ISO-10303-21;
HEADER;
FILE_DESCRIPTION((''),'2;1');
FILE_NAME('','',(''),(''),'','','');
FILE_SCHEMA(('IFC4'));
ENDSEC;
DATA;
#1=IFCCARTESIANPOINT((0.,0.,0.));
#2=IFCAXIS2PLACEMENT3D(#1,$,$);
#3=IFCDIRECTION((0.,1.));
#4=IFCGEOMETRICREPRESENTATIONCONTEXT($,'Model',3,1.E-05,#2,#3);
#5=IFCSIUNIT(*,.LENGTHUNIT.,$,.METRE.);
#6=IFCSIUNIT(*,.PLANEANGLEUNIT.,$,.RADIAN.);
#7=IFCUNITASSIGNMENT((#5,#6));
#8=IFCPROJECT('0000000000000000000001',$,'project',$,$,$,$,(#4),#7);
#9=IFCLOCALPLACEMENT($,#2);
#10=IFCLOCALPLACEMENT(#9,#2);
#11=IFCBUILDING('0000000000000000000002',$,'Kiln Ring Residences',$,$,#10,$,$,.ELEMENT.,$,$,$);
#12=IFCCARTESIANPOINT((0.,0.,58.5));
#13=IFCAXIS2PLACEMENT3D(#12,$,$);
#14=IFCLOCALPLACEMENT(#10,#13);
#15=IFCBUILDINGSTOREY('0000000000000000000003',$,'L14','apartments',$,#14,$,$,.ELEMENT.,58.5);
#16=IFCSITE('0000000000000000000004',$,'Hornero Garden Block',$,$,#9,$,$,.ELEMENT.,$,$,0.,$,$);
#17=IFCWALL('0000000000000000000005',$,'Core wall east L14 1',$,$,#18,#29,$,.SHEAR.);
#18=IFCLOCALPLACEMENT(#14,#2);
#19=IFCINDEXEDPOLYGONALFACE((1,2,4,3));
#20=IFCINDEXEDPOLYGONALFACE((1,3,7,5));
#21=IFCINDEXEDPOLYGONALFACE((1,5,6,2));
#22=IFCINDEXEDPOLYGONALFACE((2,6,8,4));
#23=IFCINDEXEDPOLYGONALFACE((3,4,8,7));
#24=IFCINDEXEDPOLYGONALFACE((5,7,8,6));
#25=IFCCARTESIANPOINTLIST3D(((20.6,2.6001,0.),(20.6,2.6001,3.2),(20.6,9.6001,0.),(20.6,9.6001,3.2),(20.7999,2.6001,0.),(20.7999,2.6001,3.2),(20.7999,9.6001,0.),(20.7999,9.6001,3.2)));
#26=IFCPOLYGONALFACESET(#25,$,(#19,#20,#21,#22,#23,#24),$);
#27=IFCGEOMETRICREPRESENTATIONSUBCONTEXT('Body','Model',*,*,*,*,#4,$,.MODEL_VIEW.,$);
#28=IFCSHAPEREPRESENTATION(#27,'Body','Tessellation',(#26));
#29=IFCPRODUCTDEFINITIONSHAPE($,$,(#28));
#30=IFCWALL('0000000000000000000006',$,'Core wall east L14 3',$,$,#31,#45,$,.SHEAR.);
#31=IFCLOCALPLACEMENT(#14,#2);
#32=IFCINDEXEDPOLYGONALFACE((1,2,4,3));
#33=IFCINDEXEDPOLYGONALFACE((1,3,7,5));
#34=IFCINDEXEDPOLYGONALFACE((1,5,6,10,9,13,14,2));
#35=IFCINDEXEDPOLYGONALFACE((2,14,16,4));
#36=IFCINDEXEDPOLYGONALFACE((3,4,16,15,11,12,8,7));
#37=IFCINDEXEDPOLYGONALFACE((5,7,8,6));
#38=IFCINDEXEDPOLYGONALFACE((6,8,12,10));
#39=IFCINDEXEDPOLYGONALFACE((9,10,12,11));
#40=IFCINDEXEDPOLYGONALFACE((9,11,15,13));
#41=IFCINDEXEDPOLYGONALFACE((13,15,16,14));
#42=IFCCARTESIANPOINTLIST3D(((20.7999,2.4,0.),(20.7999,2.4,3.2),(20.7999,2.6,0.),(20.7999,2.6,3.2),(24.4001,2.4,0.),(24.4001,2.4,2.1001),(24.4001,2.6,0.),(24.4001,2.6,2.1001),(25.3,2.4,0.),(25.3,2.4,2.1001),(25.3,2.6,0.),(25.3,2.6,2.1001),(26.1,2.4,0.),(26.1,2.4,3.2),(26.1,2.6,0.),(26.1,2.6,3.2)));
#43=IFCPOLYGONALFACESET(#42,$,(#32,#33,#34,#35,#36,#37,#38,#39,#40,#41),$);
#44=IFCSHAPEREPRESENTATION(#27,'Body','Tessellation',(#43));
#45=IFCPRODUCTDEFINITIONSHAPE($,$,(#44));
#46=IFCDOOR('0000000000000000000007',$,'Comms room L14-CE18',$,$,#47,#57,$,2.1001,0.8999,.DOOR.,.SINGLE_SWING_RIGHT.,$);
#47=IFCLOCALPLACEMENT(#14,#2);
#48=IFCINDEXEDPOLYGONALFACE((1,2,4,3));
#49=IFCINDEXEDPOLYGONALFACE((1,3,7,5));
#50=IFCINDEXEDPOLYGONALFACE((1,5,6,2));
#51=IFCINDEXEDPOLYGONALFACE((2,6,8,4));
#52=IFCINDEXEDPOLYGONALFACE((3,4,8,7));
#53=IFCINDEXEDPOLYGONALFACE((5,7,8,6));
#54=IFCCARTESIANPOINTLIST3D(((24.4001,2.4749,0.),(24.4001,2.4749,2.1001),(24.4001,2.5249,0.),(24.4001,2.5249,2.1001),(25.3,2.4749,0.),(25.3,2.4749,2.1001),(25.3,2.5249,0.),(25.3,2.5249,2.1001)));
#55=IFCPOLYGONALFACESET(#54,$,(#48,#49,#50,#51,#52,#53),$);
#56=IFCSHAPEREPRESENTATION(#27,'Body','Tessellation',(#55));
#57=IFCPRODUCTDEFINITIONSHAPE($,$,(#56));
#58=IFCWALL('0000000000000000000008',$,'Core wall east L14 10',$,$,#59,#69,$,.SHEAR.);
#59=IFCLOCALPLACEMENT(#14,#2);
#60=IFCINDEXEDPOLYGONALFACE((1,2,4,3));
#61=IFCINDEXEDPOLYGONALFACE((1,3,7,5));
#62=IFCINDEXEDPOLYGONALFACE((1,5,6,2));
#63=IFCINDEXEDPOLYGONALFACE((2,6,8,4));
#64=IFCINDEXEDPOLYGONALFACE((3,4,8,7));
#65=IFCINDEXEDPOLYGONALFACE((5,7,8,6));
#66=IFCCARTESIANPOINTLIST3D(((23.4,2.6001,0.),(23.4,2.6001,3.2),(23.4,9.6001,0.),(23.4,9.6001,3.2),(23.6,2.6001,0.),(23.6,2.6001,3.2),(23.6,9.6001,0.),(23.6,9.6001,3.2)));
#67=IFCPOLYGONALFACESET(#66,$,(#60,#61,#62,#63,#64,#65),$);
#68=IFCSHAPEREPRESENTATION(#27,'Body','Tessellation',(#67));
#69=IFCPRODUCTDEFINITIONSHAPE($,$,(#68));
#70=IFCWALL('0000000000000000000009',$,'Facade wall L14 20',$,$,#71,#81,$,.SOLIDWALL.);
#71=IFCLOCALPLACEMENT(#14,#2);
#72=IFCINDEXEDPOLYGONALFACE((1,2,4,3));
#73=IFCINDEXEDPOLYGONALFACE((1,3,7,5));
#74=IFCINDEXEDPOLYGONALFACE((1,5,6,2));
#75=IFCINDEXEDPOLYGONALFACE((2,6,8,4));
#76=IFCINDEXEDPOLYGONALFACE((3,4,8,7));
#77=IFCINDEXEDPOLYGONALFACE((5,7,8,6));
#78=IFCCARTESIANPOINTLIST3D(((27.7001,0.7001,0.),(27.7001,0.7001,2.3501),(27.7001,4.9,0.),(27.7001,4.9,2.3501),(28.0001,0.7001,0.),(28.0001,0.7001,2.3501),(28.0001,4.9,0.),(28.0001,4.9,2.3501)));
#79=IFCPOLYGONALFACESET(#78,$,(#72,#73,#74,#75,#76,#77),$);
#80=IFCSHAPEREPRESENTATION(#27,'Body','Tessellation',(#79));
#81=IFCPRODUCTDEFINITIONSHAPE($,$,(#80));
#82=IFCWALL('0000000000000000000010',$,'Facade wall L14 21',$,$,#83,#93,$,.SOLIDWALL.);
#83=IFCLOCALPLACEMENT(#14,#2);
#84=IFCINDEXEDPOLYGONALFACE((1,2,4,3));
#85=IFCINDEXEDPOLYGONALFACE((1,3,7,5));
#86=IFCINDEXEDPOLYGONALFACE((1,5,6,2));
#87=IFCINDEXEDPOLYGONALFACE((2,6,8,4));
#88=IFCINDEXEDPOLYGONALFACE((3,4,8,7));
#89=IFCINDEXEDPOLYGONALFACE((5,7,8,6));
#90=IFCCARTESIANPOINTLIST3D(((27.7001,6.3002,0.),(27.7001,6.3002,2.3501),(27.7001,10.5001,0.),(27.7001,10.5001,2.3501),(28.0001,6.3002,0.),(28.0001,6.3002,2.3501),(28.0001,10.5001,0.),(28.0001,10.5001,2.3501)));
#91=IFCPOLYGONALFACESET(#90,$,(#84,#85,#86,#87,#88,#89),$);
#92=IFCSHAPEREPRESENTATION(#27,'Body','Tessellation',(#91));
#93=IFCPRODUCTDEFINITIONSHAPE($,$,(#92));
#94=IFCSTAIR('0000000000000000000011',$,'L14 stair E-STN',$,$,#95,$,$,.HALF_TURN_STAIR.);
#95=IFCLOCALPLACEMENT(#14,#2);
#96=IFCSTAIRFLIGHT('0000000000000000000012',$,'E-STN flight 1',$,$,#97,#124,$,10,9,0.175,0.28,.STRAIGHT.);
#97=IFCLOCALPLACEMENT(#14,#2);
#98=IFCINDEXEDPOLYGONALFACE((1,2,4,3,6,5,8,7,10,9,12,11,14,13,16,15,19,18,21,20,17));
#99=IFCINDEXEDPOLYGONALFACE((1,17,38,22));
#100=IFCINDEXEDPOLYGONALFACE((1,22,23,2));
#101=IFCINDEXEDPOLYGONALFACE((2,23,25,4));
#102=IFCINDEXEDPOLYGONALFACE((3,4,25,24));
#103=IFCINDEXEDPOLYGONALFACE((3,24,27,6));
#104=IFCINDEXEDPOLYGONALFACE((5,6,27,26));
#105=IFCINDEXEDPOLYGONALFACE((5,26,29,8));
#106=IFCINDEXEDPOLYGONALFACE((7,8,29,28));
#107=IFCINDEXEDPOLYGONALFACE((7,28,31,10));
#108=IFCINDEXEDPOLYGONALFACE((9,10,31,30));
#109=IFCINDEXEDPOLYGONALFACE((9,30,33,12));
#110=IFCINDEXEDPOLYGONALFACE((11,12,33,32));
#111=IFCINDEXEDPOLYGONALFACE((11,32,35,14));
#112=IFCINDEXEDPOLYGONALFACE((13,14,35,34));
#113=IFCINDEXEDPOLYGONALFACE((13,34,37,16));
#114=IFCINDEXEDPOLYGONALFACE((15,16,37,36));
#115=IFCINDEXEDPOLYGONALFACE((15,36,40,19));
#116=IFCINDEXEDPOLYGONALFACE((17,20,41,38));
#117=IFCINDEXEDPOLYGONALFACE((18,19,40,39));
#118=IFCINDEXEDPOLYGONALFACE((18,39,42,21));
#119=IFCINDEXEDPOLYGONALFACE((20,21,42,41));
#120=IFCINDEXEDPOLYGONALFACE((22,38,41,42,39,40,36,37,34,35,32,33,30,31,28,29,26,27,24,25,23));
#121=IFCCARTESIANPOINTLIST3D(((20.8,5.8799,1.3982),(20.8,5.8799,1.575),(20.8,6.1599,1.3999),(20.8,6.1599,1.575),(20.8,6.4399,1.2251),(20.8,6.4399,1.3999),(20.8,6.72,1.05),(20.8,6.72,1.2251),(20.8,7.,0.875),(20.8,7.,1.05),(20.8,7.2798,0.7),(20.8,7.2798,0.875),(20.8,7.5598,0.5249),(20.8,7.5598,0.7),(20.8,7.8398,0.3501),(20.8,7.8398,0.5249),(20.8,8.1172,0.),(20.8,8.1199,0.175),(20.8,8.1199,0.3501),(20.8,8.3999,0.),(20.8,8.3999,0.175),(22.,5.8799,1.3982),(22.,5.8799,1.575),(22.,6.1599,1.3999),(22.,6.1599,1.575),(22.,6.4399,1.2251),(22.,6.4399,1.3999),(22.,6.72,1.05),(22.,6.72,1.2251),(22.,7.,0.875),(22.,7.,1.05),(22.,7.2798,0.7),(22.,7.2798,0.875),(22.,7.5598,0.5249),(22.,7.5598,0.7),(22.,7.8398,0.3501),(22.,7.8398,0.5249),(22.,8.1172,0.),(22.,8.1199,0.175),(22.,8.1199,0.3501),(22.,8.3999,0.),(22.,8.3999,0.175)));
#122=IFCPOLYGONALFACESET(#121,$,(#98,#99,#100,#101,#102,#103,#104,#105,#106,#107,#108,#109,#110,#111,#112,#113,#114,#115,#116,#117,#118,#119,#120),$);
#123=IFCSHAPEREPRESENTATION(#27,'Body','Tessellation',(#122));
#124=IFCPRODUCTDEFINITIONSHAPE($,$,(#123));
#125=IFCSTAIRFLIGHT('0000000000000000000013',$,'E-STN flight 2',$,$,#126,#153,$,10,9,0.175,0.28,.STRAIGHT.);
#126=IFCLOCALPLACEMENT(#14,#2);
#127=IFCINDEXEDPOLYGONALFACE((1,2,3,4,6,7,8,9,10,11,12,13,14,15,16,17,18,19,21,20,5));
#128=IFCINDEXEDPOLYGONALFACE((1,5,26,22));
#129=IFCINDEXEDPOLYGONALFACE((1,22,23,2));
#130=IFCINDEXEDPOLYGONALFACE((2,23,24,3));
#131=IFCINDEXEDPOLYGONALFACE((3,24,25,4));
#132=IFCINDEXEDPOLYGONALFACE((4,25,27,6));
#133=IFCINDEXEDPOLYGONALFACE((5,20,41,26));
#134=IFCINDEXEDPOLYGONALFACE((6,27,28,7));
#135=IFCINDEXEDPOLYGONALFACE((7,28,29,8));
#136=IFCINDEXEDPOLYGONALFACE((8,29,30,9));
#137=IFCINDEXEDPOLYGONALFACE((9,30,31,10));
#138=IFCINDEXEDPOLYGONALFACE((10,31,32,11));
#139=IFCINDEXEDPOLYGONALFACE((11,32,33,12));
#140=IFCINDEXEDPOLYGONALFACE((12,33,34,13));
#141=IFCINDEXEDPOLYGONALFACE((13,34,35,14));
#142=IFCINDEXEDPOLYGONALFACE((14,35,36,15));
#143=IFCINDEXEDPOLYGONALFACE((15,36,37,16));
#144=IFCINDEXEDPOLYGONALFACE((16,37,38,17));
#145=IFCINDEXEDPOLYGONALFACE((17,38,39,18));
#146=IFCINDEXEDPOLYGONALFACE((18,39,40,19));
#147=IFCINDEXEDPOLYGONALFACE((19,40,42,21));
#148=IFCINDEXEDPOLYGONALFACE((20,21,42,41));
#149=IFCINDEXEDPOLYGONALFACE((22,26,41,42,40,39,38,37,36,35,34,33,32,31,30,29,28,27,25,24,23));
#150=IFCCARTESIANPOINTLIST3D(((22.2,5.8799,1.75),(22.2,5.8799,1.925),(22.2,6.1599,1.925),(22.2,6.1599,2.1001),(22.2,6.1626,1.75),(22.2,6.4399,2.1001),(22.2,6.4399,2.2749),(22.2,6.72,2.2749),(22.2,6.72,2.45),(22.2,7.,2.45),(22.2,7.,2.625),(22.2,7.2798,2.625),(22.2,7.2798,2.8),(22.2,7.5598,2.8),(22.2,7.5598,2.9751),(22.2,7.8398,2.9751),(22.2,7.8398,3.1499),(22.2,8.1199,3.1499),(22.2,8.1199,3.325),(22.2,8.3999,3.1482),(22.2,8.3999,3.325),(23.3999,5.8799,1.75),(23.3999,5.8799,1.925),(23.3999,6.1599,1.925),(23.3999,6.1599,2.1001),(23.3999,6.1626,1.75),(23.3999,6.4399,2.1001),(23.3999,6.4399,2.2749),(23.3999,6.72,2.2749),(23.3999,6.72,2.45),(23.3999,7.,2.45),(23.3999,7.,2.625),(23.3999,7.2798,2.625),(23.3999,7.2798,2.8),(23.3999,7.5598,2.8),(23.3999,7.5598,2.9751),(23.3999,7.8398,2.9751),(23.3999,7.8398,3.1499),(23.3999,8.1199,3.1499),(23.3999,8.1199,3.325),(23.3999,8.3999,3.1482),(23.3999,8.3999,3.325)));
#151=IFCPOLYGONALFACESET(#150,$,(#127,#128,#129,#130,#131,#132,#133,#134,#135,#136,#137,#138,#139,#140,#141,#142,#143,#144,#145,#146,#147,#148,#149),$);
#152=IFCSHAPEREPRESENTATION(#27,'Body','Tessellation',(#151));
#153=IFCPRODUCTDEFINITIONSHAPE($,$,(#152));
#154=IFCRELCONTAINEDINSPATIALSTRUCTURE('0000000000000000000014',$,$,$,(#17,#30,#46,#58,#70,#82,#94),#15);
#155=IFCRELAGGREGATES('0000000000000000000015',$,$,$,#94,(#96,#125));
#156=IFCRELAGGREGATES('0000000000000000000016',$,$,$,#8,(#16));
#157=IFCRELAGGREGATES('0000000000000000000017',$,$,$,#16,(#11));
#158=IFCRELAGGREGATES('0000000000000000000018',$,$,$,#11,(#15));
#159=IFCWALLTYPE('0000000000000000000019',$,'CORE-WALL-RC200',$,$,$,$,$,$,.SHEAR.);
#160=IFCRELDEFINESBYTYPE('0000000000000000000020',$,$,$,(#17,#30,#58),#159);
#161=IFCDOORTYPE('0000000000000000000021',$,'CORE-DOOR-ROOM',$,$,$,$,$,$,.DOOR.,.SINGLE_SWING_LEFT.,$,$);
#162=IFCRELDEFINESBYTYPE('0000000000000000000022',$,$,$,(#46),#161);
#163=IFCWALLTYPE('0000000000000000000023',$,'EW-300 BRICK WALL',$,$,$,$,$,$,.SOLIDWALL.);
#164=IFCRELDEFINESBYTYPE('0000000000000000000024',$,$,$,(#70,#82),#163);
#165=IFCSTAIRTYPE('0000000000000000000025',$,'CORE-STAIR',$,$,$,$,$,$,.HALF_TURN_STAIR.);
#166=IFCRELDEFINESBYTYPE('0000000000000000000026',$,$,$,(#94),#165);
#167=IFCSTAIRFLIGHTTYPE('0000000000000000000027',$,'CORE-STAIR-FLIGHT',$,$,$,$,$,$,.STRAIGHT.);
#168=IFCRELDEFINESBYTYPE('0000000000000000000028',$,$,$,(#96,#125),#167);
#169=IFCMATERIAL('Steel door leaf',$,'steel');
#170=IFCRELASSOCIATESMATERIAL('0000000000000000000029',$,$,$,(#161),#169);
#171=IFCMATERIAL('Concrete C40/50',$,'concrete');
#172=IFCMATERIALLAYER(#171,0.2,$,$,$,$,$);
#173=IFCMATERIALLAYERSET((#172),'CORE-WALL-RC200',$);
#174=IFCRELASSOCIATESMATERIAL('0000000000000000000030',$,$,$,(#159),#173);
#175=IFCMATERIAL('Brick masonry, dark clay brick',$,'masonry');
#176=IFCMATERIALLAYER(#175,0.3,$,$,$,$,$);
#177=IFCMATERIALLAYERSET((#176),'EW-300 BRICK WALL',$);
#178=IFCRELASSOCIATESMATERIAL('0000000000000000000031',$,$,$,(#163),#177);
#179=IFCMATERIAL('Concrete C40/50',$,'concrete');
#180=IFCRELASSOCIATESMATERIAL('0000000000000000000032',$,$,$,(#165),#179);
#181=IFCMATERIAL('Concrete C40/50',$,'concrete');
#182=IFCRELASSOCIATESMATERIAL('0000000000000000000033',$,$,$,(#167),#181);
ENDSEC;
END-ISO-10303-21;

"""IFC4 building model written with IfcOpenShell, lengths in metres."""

from ifc_helpers import new_model, si_unit, direction, frame, frame_2d, origin, place, context, subcontext, project, spatial, polyline, rectangle, outline, extrude, material, layer, layer_set, type_object, element, fill, aggregate, save


model = new_model("IFC4")

# Units and contexts
model_context = context("Model", 3, precision=1e-05, world=origin(), true_north=direction((0.0, 1.0)))
body_context = subcontext(model_context, "Body", "Model", "MODEL_VIEW")
ifc_project = project(units=[si_unit("LENGTHUNIT", "METRE"), si_unit("PLANEANGLEUNIT", "RADIAN")], contexts=[model_context])

# Site, building, storey
site_placement = place(None, origin())
site = spatial("IfcSite", under=ifc_project, at=site_placement, Name="Hornero Garden Block", CompositionType="ELEMENT", RefElevation=0.0)
building_placement = place(site_placement, origin())
building = spatial("IfcBuilding", under=site, at=building_placement, Name="Kiln Ring Residences", CompositionType="ELEMENT")
storey_placement = place(building_placement, frame((0.0, 0.0, 58.5)))
storey = spatial("IfcBuildingStorey", under=building, at=storey_placement, Name="L14", Description="apartments", CompositionType="ELEMENT", Elevation=58.5)

# Shared definitions
ifc_material_1 = material(Name="Steel door leaf", Category="steel")
door_type = type_object("IfcDoorType", Name="CORE-DOOR-ROOM", OperationType="SINGLE_SWING_LEFT", PredefinedType="DOOR", material=ifc_material_1)

# Wall
ifc_material_2 = material(Name="Concrete C40/50", Category="concrete")
ifc_layer_1 = layer(ifc_material_2, 0.2)
ifc_layer_set_1 = layer_set([ifc_layer_1], Name="CORE-WALL-RC200")
wall_type_1 = type_object("IfcWallType", Name="CORE-WALL-RC200", PredefinedType="SHEAR", material=ifc_layer_set_1)
wall_1_placement = place(storey_placement, frame((20.7, 2.6001, 0.0), z_axis=(0.0, 0.0, 1.0), x_axis=(0.0, 1.0, 0.0)))
element("IfcWall", 1, at=wall_1_placement, inside=storey, type_object=wall_type_1, Name="Core wall east L14 1", PredefinedType="SHEAR", context=body_context, shape_type="SweptSolid", body=[
    extrude(rectangle(XDim=7.0, YDim=0.2, at=frame_2d((3.5, 0.0))), origin(), (0.0, 0.0, 1.0), 3.2),
])

# Wall, opening, door
wall_2_placement = place(storey_placement, frame((20.8, 2.5, 0.0), z_axis=(0.0, 0.0, 1.0), x_axis=(1.0, 0.0, 0.0)))
wall_2 = element("IfcWall", 2, at=wall_2_placement, inside=storey, type_object=wall_type_1, Name="Core wall east L14 3", PredefinedType="SHEAR", context=body_context, shape_type="SweptSolid", body=[
    extrude(rectangle(XDim=5.3, YDim=0.2, at=frame_2d((2.6499, 0.0))), origin(), (0.0, 0.0, 1.0), 3.2),
])
opening_1_placement = place(wall_2_placement, frame((3.6001, 0.0, 0.0)))
opening_1 = element("IfcOpeningElement", 3, at=opening_1_placement, cuts=wall_2, PredefinedType="OPENING", context=body_context, shape_type="SweptSolid", body=[
    extrude(rectangle(XDim=0.8999, YDim=2.1001, at=frame_2d((0.45, 1.05))), frame((0.0, 0.1099, 0.0), z_axis=(0.0, -1.0, 0.0), x_axis=(1.0, 0.0, 0.0)), (0.0, 0.0, 1.0), 0.22),
])
door_1_placement = place(opening_1_placement, origin())
door_1 = element("IfcDoor", 4, at=door_1_placement, inside=storey, type_object=door_type, Name="Comms room L14-CE18", OperationType="SINGLE_SWING_RIGHT", OverallHeight=2.1001, OverallWidth=0.8999, PredefinedType="DOOR", context=body_context, shape_type="SweptSolid", body=[
    extrude(rectangle(XDim=0.8999, YDim=2.1001, at=frame_2d((0.45, 1.05))), frame((0.0, 0.0249, 0.0), z_axis=(0.0, -1.0, 0.0), x_axis=(1.0, 0.0, 0.0)), (0.0, 0.0, 1.0), 0.05),
])
fill(opening_1, door_1)

# Walls
wall_3_placement = place(storey_placement, frame((23.5, 2.6001, 0.0), z_axis=(0.0, 0.0, 1.0), x_axis=(0.0, 1.0, 0.0)))
element("IfcWall", 5, at=wall_3_placement, inside=storey, type_object=wall_type_1, Name="Core wall east L14 10", PredefinedType="SHEAR", context=body_context, shape_type="SweptSolid", body=[
    extrude(rectangle(XDim=7.0, YDim=0.2, at=frame_2d((3.5, 0.0))), origin(), (0.0, 0.0, 1.0), 3.2),
])
ifc_material_3 = material(Name="Brick masonry, dark clay brick", Category="masonry")
ifc_layer_2 = layer(ifc_material_3, 0.3)
ifc_layer_set_2 = layer_set([ifc_layer_2], Name="EW-300 BRICK WALL")
wall_type_2 = type_object("IfcWallType", Name="EW-300 BRICK WALL", PredefinedType="SOLIDWALL", material=ifc_layer_set_2)
for number, where, z_axis, x_axis, name in (
    (6, (27.8501, 0.7, 0.0), (0.0, 0.0, 1.0), (0.0, 1.0, 0.0), "Facade wall L14 20"),
    (7, (27.8501, 6.3, 0.0), (0.0, 0.0, 1.0), (0.0, 1.0, 0.0), "Facade wall L14 21"),
):
    element("IfcWall", number, at=place(storey_placement, frame(where, z_axis=z_axis, x_axis=x_axis)), inside=storey, type_object=wall_type_2, Name=name, PredefinedType="SOLIDWALL", context=body_context, shape_type="SweptSolid", body=[
        extrude(rectangle(XDim=4.2, YDim=0.3, at=frame_2d((2.1001, 0.0))), origin(), (0.0, 0.0, 1.0), 2.3501),
    ])

# Stair, stair flights
ifc_material_4 = material(Name="Concrete C40/50", Category="concrete")
stair_type = type_object("IfcStairType", Name="CORE-STAIR", PredefinedType="HALF_TURN_STAIR", material=ifc_material_4)
stair_placement = place(storey_placement, origin())
stair = element("IfcStair", 8, at=stair_placement, inside=storey, type_object=stair_type, Name="L14 stair E-STN", PredefinedType="HALF_TURN_STAIR")
ifc_material_5 = material(Name="Concrete C40/50", Category="concrete")
stair_flight_type = type_object("IfcStairFlightType", Name="CORE-STAIR-FLIGHT", PredefinedType="STRAIGHT", material=ifc_material_5)
stair_flight_1_placement = place(storey_placement, frame((21.3999, 8.3999, 0.0), z_axis=(0.0, 0.0, 1.0), x_axis=(0.0, -1.0, 0.0)))
stair_flight_1 = element("IfcStairFlight", 9, at=stair_flight_1_placement, type_object=stair_flight_type, Name="E-STN flight 1", NumberOfRisers=10, NumberOfTreads=9, PredefinedType="STRAIGHT", RiserHeight=0.175, TreadLength=0.28, context=body_context, shape_type="SweptSolid", body=[
    extrude(outline(polyline([(0.0, 0.0), (0.0, 0.175), (0.28, 0.175), (0.28, 0.3501), (0.5601, 0.3501), (0.5601, 0.5249), (0.8401, 0.5249), (0.8401, 0.7), (1.1201, 0.7), (1.1201, 0.875), (1.3999, 0.875), (1.3999, 1.05), (1.6799, 1.05), (1.6799, 1.2251), (1.96, 1.2251), (1.96, 1.3999), (2.24, 1.3999), (2.24, 1.575), (2.52, 1.575), (2.52, 1.75), (2.52, 1.3982), (0.2827, 0.0), (0.0, 0.0)])), frame((0.0, 0.6001, 0.0), z_axis=(0.0, -1.0, 0.0), x_axis=(1.0, 0.0, 0.0)), (0.0, 0.0, 1.0), 1.2),
])
stair_flight_2_placement = place(storey_placement, frame((22.8, 5.8799, 1.75), z_axis=(0.0, 0.0, 1.0), x_axis=(0.0, 1.0, 0.0)))
stair_flight_2 = element("IfcStairFlight", 10, at=stair_flight_2_placement, type_object=stair_flight_type, Name="E-STN flight 2", NumberOfRisers=10, NumberOfTreads=9, PredefinedType="STRAIGHT", RiserHeight=0.175, TreadLength=0.28, context=body_context, shape_type="SweptSolid", body=[
    extrude(outline(polyline([(0.0, 0.0), (0.0, 0.175), (0.28, 0.175), (0.28, 0.3501), (0.5601, 0.3501), (0.5601, 0.5249), (0.8401, 0.5249), (0.8401, 0.7), (1.1201, 0.7), (1.1201, 0.875), (1.3999, 0.875), (1.3999, 1.05), (1.6799, 1.05), (1.6799, 1.2251), (1.96, 1.2251), (1.96, 1.3999), (2.24, 1.3999), (2.24, 1.575), (2.52, 1.575), (2.52, 1.75), (2.52, 1.3982), (0.2827, 0.0), (0.0, 0.0)])), frame((0.0, 0.6001, 0.0), z_axis=(0.0, -1.0, 0.0), x_axis=(1.0, 0.0, 0.0)), (0.0, 0.0, 1.0), 1.2),
])
aggregate(stair, [stair_flight_1, stair_flight_2])

save(model, "model.ifc")
